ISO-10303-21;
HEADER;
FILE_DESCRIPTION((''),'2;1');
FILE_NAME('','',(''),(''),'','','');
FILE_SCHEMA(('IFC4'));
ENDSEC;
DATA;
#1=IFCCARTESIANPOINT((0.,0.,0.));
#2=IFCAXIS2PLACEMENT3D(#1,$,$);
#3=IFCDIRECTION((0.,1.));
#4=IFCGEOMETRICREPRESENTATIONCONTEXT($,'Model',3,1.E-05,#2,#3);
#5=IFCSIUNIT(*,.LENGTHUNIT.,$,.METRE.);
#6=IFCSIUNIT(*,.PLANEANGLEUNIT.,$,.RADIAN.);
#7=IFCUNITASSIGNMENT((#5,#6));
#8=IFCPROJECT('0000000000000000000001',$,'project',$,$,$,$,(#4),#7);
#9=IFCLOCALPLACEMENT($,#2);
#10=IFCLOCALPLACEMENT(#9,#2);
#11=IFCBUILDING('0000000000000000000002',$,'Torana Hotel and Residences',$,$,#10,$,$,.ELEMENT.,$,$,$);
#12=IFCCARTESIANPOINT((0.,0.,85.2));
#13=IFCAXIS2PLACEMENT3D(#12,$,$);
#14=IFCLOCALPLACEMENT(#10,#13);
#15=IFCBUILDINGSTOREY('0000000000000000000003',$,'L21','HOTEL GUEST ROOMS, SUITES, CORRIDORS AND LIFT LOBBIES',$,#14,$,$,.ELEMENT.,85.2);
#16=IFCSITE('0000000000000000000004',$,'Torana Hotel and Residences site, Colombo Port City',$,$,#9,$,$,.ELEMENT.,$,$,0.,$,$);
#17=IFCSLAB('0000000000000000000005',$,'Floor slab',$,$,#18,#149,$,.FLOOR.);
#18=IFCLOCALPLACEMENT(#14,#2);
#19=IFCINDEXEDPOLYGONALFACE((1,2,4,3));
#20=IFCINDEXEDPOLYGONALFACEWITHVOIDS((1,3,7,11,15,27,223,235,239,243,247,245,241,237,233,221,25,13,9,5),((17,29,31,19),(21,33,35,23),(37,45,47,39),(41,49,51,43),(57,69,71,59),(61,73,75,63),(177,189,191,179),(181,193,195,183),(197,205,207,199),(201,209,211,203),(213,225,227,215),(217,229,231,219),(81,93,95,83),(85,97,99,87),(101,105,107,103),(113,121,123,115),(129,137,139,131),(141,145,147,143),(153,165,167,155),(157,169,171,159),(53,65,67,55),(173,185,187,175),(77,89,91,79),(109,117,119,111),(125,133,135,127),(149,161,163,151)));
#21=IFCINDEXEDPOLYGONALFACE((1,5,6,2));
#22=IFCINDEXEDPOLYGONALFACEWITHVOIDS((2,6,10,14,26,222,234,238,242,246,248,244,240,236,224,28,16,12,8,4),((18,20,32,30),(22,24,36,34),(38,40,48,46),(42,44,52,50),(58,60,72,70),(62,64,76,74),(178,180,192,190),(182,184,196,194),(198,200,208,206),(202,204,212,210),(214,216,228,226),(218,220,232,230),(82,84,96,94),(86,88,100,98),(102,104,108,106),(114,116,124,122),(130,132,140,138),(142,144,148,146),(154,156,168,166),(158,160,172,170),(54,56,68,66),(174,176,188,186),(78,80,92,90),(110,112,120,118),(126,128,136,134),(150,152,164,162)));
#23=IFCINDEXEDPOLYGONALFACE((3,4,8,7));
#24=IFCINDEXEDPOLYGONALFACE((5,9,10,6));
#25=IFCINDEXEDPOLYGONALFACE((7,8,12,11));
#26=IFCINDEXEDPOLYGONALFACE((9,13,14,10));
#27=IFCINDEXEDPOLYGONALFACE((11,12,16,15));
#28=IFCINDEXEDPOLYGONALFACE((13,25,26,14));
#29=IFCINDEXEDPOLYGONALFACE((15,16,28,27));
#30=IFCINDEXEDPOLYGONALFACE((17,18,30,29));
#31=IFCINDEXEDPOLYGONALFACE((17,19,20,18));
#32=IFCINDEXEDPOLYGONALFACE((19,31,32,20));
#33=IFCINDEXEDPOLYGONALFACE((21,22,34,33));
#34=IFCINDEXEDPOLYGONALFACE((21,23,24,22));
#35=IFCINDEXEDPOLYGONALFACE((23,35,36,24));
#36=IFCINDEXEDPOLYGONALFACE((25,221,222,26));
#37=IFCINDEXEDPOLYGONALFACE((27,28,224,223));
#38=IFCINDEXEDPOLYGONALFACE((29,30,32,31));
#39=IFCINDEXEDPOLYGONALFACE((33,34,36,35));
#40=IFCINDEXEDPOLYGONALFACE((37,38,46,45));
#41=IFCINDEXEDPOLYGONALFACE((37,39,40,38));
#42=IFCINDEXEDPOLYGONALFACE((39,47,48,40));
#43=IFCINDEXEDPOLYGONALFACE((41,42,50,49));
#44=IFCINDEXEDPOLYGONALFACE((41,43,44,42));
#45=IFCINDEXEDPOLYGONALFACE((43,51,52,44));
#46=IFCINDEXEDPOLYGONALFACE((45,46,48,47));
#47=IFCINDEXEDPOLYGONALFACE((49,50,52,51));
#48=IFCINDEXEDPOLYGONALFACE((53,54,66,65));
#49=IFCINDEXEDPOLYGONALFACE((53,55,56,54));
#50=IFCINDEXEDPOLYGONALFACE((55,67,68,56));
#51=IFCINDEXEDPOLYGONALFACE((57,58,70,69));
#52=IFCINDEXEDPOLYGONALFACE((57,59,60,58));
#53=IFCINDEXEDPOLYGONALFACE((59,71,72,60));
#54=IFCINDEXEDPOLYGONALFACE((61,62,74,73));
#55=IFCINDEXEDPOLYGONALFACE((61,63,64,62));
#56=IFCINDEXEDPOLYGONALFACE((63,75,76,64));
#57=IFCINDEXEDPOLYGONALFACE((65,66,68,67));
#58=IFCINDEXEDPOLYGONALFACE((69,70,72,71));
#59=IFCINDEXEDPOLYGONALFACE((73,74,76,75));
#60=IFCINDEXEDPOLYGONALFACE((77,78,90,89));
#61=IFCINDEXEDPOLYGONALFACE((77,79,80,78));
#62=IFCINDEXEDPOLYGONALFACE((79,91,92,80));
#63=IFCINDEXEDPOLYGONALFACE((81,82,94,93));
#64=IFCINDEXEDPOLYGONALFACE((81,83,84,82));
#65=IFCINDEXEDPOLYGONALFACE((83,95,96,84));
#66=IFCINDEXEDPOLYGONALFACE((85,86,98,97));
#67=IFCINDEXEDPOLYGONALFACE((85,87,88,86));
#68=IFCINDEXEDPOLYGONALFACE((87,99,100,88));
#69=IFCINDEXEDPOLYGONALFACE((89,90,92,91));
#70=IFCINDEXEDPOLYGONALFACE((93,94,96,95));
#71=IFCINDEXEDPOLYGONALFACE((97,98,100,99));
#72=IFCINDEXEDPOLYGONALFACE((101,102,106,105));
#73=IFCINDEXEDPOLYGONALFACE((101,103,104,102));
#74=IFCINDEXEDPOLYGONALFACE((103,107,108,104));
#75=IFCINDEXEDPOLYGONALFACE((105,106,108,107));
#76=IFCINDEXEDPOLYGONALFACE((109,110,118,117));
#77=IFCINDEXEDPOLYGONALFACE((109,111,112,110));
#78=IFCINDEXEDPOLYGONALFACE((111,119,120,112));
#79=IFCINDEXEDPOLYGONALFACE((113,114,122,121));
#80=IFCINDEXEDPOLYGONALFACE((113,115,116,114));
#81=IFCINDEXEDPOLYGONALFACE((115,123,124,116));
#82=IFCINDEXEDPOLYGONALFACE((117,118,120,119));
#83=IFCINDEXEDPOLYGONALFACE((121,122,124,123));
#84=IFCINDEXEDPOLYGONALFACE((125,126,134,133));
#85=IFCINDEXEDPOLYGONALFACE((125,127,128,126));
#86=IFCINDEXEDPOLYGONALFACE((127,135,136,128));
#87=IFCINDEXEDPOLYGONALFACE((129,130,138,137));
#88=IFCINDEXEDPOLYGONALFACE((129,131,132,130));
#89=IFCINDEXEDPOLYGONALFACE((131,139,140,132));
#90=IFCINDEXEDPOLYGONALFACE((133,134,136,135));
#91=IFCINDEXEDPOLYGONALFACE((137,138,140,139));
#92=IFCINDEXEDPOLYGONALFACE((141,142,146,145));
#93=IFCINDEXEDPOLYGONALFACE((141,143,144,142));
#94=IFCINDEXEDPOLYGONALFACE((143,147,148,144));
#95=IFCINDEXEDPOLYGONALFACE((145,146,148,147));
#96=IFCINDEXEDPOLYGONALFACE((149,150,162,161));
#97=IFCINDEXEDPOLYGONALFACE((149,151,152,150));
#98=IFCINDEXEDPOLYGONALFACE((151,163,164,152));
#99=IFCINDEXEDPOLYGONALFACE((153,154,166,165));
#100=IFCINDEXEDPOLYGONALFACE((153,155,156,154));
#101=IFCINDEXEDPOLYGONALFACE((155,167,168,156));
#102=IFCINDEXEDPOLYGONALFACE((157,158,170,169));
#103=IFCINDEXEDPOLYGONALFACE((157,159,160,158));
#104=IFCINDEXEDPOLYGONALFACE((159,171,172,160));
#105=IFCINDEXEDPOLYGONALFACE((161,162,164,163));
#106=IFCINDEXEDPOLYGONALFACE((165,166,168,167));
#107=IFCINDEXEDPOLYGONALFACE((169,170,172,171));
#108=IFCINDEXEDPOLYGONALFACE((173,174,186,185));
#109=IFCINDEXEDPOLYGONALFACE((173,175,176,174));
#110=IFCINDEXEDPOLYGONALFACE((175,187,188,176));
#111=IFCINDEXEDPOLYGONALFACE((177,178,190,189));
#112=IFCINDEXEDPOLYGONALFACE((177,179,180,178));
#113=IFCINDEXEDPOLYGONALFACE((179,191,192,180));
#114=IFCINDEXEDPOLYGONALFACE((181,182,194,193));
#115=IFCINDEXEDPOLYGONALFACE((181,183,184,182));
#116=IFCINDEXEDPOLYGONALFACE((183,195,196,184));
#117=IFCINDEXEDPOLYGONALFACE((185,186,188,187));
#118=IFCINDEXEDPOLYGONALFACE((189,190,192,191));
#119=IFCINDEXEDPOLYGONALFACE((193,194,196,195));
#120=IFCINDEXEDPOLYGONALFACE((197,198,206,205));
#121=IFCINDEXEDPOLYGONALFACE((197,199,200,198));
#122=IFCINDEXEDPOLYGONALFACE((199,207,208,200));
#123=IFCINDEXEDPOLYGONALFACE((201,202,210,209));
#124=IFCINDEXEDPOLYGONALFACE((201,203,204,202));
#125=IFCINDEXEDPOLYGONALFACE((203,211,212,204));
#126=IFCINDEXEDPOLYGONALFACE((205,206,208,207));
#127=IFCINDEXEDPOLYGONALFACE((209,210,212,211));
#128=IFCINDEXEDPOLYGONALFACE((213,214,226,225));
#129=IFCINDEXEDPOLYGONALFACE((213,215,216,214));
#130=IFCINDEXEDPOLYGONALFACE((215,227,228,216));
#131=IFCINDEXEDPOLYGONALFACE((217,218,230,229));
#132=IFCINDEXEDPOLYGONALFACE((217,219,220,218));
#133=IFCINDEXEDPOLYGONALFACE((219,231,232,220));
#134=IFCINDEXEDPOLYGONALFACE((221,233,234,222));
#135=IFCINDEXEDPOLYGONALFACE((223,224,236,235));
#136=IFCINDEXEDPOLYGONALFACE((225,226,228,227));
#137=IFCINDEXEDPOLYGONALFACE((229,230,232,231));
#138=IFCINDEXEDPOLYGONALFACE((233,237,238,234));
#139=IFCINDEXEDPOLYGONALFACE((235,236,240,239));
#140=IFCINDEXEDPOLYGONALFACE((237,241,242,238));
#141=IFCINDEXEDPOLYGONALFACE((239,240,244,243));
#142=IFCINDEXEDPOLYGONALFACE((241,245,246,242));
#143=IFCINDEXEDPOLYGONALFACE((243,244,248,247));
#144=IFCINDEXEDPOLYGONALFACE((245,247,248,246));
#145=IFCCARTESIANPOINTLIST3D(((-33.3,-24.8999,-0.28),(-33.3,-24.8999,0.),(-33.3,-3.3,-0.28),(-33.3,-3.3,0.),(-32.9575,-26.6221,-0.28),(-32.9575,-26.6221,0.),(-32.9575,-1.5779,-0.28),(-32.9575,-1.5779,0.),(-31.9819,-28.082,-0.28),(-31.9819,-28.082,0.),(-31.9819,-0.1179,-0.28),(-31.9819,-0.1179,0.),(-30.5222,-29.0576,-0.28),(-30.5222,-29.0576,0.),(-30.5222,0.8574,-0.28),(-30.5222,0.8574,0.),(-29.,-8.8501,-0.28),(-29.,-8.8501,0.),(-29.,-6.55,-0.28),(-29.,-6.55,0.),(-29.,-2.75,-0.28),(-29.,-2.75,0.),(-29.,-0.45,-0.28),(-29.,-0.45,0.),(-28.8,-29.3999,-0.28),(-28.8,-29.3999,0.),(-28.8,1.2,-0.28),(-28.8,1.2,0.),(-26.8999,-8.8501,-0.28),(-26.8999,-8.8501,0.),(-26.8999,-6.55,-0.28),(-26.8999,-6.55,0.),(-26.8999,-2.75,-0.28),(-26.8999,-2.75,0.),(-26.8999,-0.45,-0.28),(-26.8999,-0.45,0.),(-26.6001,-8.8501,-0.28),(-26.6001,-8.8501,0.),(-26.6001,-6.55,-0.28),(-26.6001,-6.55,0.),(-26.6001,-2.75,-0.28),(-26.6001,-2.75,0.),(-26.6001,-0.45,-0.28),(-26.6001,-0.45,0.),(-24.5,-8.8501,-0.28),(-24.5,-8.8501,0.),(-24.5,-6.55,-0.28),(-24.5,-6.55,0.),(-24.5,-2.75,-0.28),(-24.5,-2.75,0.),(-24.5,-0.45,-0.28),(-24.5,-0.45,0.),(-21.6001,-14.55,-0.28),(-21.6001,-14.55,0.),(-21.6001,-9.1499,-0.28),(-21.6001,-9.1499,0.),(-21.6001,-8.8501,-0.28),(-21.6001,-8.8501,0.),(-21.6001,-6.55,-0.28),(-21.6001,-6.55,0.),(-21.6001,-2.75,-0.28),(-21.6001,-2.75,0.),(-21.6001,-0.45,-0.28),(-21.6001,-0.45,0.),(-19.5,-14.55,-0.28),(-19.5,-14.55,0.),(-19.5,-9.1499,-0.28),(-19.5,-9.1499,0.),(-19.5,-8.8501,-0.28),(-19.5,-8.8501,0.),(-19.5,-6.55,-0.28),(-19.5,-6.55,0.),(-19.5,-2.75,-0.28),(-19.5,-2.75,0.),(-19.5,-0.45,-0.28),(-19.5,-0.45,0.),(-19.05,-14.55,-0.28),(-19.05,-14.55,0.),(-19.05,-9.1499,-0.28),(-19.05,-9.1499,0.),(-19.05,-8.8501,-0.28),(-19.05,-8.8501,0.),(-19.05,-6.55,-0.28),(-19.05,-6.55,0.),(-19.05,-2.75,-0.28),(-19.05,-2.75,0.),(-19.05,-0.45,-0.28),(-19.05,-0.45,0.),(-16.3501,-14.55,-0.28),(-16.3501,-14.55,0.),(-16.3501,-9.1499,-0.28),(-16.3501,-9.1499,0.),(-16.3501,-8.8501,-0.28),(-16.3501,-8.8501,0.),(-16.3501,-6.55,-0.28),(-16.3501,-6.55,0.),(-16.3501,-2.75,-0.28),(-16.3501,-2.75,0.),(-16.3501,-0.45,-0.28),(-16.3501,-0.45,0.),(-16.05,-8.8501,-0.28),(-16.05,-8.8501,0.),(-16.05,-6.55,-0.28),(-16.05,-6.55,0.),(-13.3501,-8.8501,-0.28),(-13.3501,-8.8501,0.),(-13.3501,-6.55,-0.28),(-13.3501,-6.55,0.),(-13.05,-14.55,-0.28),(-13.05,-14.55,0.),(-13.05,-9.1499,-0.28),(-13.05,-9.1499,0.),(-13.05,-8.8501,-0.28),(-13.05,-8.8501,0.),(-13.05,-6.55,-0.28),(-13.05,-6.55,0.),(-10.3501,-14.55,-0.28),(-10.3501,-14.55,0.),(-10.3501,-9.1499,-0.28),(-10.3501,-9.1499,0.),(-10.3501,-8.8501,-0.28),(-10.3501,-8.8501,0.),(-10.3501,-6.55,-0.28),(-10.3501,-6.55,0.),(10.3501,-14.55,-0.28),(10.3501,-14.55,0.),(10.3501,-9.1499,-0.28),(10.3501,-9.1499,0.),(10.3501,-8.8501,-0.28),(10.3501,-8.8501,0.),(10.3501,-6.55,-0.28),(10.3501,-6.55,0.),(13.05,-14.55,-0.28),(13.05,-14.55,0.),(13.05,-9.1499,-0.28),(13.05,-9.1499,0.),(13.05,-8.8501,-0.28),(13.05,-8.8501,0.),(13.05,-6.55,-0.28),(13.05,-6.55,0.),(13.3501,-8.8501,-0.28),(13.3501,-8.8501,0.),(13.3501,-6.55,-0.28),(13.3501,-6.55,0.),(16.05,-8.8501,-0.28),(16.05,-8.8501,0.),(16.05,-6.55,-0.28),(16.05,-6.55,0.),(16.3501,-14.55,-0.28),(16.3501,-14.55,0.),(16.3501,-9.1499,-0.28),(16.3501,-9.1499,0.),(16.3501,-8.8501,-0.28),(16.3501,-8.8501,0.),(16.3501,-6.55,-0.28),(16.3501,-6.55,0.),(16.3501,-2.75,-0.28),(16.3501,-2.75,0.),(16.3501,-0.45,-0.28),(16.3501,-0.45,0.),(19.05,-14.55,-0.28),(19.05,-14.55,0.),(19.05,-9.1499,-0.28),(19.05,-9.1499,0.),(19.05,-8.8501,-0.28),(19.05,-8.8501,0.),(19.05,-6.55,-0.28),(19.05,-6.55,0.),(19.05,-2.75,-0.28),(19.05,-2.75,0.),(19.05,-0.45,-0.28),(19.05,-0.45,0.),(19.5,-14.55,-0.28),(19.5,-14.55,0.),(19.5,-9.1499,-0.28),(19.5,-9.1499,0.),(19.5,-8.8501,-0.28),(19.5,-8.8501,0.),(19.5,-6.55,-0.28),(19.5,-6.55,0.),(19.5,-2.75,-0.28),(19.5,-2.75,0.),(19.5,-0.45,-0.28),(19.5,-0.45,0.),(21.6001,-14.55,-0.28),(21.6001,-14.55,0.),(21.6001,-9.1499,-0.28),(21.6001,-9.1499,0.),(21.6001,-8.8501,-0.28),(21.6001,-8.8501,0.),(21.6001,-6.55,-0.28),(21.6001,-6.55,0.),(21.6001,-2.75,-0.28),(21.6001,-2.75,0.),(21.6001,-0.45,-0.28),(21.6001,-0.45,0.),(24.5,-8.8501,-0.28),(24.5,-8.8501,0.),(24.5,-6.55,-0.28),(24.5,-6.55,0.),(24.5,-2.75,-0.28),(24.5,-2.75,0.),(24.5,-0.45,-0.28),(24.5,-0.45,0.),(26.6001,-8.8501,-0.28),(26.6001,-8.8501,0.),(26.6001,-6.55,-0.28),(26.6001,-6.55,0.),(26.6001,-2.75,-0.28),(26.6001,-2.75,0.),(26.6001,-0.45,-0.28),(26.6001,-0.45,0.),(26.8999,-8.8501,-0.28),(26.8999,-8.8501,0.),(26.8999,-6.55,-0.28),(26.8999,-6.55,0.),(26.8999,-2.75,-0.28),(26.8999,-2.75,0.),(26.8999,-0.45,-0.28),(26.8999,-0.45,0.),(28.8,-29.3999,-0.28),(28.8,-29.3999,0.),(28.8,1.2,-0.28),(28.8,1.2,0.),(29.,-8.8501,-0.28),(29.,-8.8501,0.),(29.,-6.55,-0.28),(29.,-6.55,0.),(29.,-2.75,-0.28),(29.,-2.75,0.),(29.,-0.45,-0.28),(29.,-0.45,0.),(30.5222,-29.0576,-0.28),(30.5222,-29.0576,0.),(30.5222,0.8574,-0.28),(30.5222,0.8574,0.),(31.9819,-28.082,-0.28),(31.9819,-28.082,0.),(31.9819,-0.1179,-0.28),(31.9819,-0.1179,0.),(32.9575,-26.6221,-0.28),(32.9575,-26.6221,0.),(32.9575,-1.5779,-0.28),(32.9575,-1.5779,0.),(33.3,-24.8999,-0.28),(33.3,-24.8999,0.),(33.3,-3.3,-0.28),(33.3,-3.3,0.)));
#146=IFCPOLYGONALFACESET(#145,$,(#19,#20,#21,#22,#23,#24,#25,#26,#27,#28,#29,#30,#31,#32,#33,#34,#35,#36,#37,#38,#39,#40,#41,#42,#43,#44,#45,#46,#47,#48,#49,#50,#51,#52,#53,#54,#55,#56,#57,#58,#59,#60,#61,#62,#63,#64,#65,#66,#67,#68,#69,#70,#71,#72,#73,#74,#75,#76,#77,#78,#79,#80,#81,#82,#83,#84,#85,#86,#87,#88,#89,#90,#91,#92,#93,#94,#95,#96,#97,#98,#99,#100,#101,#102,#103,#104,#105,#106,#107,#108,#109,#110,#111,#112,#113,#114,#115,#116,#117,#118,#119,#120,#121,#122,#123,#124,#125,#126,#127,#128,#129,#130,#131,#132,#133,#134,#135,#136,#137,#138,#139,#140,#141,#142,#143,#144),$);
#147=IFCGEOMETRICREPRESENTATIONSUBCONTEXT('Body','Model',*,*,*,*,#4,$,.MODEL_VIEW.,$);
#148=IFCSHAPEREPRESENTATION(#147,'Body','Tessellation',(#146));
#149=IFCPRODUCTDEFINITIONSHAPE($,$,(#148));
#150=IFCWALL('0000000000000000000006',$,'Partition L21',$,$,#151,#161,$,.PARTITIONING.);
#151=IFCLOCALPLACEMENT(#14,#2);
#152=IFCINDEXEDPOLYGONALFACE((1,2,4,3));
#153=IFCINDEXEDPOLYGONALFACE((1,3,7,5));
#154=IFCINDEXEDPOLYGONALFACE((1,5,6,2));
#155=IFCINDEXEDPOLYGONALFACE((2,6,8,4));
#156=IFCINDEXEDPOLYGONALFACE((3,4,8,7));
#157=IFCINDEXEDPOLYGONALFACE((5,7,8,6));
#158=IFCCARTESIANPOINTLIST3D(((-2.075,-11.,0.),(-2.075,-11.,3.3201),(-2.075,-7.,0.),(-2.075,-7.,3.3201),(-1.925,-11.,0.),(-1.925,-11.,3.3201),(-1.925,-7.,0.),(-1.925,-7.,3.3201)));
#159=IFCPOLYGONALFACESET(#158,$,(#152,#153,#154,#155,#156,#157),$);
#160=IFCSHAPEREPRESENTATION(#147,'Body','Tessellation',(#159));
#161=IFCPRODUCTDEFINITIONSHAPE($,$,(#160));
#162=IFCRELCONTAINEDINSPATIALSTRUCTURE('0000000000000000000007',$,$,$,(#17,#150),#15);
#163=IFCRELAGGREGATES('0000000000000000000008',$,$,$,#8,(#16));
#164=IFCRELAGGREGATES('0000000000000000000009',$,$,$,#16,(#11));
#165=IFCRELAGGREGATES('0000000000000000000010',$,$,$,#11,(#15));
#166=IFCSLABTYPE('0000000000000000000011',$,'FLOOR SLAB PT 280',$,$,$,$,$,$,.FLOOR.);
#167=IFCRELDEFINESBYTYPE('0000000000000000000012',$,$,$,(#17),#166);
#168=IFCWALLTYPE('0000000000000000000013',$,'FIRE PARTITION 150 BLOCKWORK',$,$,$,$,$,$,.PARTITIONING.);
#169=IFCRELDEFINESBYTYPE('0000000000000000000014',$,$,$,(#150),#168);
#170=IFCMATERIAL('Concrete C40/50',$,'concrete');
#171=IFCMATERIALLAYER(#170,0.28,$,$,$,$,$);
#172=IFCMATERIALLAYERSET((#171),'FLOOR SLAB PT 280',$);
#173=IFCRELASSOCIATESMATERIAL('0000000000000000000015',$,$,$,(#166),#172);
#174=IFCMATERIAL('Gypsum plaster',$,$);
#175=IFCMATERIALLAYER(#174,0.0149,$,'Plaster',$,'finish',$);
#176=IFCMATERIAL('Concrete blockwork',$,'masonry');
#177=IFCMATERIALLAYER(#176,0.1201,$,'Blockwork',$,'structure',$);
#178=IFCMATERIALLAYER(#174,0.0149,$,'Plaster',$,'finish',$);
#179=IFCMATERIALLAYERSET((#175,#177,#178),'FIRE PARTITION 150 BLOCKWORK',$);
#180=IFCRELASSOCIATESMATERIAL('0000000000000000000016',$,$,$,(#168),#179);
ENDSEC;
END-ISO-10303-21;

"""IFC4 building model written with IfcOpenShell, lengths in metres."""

from ifc_helpers import new_model, si_unit, direction, frame, frame_2d, origin, place, context, subcontext, project, spatial, polyline, rectangle, outline, extrude, material, layer, layer_set, type_object, element, save


model = new_model("IFC4")

# Units and contexts
model_context = context("Model", 3, precision=1e-05, world=origin(), true_north=direction((0.0, 1.0)))
body_context = subcontext(model_context, "Body", "Model", "MODEL_VIEW")
ifc_project = project(units=[si_unit("LENGTHUNIT", "METRE"), si_unit("PLANEANGLEUNIT", "RADIAN")], contexts=[model_context])

# Site, building, storey
site_placement = place(None, origin())
site = spatial("IfcSite", under=ifc_project, at=site_placement, Name="Torana Hotel and Residences site, Colombo Port City", CompositionType="ELEMENT", RefElevation=0.0)
building_placement = place(site_placement, origin())
building = spatial("IfcBuilding", under=site, at=building_placement, Name="Torana Hotel and Residences", CompositionType="ELEMENT")
storey_placement = place(building_placement, frame((0.0, 0.0, 85.2)))
storey = spatial("IfcBuildingStorey", under=building, at=storey_placement, Name="L21", Description="HOTEL GUEST ROOMS, SUITES, CORRIDORS AND LIFT LOBBIES", CompositionType="ELEMENT", Elevation=85.2)

# Slab
ifc_material_1 = material(Name="Concrete C40/50", Category="concrete")
ifc_layer_1 = layer(ifc_material_1, 0.28)
ifc_layer_set_1 = layer_set([ifc_layer_1], Name="FLOOR SLAB PT 280")
slab_type_1 = type_object("IfcSlabType", Name="FLOOR SLAB PT 280", PredefinedType="FLOOR", material=ifc_layer_set_1)
slab_1_placement = place(storey_placement, frame((0.0, 0.0, -0.28)))
element("IfcSlab", 1, at=slab_1_placement, inside=storey, type_object=slab_type_1, Name="Floor slab", PredefinedType="FLOOR", context=body_context, shape_type="SweptSolid", body=[
    extrude(outline(polyline([(33.3, -3.3), (32.9575, -1.5779), (31.9819, -0.1179), (30.5222, 0.8574), (28.8, 1.2), (-28.8, 1.2), (-30.5222, 0.8574), (-31.9819, -0.1179), (-32.9575, -1.5779), (-33.3, -3.3), (-33.3, -24.8999), (-32.9575, -26.6221), (-31.9819, -28.082), (-30.5222, -29.0576), (-28.8, -29.3999), (28.8, -29.3999), (30.5222, -29.0576), (31.9819, -28.082), (32.9575, -26.6221), (33.3, -24.8999), (33.3, -3.3)]), holes=[polyline([(-13.05, -14.55), (-10.3501, -14.55), (-10.3501, -9.1499), (-13.05, -9.1499), (-13.05, -14.55)]), polyline([(-19.05, -14.55), (-16.3501, -14.55), (-16.3501, -9.1499), (-19.05, -9.1499), (-19.05, -14.55)]), polyline([(-19.05, -2.75), (-16.3501, -2.75), (-16.3501, -0.45), (-19.05, -0.45), (-19.05, -2.75)]), polyline([(-26.6001, -2.75), (-24.5, -2.75), (-24.5, -0.45), (-26.6001, -0.45), (-26.6001, -2.75)]), polyline([(-29.0, -2.75), (-26.8999, -2.75), (-26.8999, -0.45), (-29.0, -0.45), (-29.0, -2.75)]), polyline([(-26.6001, -8.8501), (-24.5, -8.8501), (-24.5, -6.55), (-26.6001, -6.55), (-26.6001, -8.8501)]), polyline([(-29.0, -8.8501), (-26.8999, -8.8501), (-26.8999, -6.55), (-29.0, -6.55), (-29.0, -8.8501)]), polyline([(-21.6001, -2.75), (-19.5, -2.75), (-19.5, -0.45), (-21.6001, -0.45), (-21.6001, -2.75)]), polyline([(-21.6001, -8.8501), (-19.5, -8.8501), (-19.5, -6.55), (-21.6001, -6.55), (-21.6001, -8.8501)]), polyline([(-13.05, -8.8501), (-10.3501, -8.8501), (-10.3501, -6.55), (-13.05, -6.55), (-13.05, -8.8501)]), polyline([(-16.05, -8.8501), (-13.3501, -8.8501), (-13.3501, -6.55), (-16.05, -6.55), (-16.05, -8.8501)]), polyline([(-19.05, -8.8501), (-16.3501, -8.8501), (-16.3501, -6.55), (-19.05, -6.55), (-19.05, -8.8501)]), polyline([(-21.6001, -14.55), (-19.5, -14.55), (-19.5, -9.1499), (-21.6001, -9.1499), (-21.6001, -14.55)]), polyline([(10.3501, -14.55), (13.05, -14.55), (13.05, -9.1499), (10.3501, -9.1499), (10.3501, -14.55)]), polyline([(16.3501, -14.55), (19.05, -14.55), (19.05, -9.1499), (16.3501, -9.1499), (16.3501, -14.55)]), polyline([(16.3501, -2.75), (19.05, -2.75), (19.05, -0.45), (16.3501, -0.45), (16.3501, -2.75)]), polyline([(24.5, -2.75), (26.6001, -2.75), (26.6001, -0.45), (24.5, -0.45), (24.5, -2.75)]), polyline([(26.8999, -2.75), (29.0, -2.75), (29.0, -0.45), (26.8999, -0.45), (26.8999, -2.75)]), polyline([(24.5, -8.8501), (26.6001, -8.8501), (26.6001, -6.55), (24.5, -6.55), (24.5, -8.8501)]), polyline([(26.8999, -8.8501), (29.0, -8.8501), (29.0, -6.55), (26.8999, -6.55), (26.8999, -8.8501)]), polyline([(19.5, -2.75), (21.6001, -2.75), (21.6001, -0.45), (19.5, -0.45), (19.5, -2.75)]), polyline([(19.5, -8.8501), (21.6001, -8.8501), (21.6001, -6.55), (19.5, -6.55), (19.5, -8.8501)]), polyline([(10.3501, -8.8501), (13.05, -8.8501), (13.05, -6.55), (10.3501, -6.55), (10.3501, -8.8501)]), polyline([(13.3501, -8.8501), (16.05, -8.8501), (16.05, -6.55), (13.3501, -6.55), (13.3501, -8.8501)]), polyline([(16.3501, -8.8501), (19.05, -8.8501), (19.05, -6.55), (16.3501, -6.55), (16.3501, -8.8501)]), polyline([(19.5, -14.55), (21.6001, -14.55), (21.6001, -9.1499), (19.5, -9.1499), (19.5, -14.55)])]), origin(), (0.0, 0.0, 1.0), 0.28),
])

# Wall
ifc_material_2 = material(Name="Gypsum plaster")
ifc_layer_2 = layer(ifc_material_2, 0.0149, Name="Plaster", Category="finish")
ifc_material_3 = material(Name="Concrete blockwork", Category="masonry")
ifc_layer_3 = layer(ifc_material_3, 0.1201, Name="Blockwork", Category="structure")
ifc_layer_4 = layer(ifc_material_2, 0.0149, Name="Plaster", Category="finish")
ifc_layer_set_2 = layer_set([ifc_layer_2, ifc_layer_3, ifc_layer_4], Name="FIRE PARTITION 150 BLOCKWORK")
wall_type_1 = type_object("IfcWallType", Name="FIRE PARTITION 150 BLOCKWORK", PredefinedType="PARTITIONING", material=ifc_layer_set_2)
wall_1_placement = place(storey_placement, frame((-2.0, -11.0, 0.0), z_axis=(0.0, 0.0, 1.0), x_axis=(0.0, 1.0, 0.0)))
element("IfcWall", 2, at=wall_1_placement, inside=storey, type_object=wall_type_1, Name="Partition L21", PredefinedType="PARTITIONING", context=body_context, shape_type="SweptSolid", body=[
    extrude(rectangle(XDim=4.0, YDim=0.1499, at=frame_2d((2.0, 0.0))), origin(), (0.0, 0.0, 1.0), 3.3201),
])

save(model, "model.ifc")
